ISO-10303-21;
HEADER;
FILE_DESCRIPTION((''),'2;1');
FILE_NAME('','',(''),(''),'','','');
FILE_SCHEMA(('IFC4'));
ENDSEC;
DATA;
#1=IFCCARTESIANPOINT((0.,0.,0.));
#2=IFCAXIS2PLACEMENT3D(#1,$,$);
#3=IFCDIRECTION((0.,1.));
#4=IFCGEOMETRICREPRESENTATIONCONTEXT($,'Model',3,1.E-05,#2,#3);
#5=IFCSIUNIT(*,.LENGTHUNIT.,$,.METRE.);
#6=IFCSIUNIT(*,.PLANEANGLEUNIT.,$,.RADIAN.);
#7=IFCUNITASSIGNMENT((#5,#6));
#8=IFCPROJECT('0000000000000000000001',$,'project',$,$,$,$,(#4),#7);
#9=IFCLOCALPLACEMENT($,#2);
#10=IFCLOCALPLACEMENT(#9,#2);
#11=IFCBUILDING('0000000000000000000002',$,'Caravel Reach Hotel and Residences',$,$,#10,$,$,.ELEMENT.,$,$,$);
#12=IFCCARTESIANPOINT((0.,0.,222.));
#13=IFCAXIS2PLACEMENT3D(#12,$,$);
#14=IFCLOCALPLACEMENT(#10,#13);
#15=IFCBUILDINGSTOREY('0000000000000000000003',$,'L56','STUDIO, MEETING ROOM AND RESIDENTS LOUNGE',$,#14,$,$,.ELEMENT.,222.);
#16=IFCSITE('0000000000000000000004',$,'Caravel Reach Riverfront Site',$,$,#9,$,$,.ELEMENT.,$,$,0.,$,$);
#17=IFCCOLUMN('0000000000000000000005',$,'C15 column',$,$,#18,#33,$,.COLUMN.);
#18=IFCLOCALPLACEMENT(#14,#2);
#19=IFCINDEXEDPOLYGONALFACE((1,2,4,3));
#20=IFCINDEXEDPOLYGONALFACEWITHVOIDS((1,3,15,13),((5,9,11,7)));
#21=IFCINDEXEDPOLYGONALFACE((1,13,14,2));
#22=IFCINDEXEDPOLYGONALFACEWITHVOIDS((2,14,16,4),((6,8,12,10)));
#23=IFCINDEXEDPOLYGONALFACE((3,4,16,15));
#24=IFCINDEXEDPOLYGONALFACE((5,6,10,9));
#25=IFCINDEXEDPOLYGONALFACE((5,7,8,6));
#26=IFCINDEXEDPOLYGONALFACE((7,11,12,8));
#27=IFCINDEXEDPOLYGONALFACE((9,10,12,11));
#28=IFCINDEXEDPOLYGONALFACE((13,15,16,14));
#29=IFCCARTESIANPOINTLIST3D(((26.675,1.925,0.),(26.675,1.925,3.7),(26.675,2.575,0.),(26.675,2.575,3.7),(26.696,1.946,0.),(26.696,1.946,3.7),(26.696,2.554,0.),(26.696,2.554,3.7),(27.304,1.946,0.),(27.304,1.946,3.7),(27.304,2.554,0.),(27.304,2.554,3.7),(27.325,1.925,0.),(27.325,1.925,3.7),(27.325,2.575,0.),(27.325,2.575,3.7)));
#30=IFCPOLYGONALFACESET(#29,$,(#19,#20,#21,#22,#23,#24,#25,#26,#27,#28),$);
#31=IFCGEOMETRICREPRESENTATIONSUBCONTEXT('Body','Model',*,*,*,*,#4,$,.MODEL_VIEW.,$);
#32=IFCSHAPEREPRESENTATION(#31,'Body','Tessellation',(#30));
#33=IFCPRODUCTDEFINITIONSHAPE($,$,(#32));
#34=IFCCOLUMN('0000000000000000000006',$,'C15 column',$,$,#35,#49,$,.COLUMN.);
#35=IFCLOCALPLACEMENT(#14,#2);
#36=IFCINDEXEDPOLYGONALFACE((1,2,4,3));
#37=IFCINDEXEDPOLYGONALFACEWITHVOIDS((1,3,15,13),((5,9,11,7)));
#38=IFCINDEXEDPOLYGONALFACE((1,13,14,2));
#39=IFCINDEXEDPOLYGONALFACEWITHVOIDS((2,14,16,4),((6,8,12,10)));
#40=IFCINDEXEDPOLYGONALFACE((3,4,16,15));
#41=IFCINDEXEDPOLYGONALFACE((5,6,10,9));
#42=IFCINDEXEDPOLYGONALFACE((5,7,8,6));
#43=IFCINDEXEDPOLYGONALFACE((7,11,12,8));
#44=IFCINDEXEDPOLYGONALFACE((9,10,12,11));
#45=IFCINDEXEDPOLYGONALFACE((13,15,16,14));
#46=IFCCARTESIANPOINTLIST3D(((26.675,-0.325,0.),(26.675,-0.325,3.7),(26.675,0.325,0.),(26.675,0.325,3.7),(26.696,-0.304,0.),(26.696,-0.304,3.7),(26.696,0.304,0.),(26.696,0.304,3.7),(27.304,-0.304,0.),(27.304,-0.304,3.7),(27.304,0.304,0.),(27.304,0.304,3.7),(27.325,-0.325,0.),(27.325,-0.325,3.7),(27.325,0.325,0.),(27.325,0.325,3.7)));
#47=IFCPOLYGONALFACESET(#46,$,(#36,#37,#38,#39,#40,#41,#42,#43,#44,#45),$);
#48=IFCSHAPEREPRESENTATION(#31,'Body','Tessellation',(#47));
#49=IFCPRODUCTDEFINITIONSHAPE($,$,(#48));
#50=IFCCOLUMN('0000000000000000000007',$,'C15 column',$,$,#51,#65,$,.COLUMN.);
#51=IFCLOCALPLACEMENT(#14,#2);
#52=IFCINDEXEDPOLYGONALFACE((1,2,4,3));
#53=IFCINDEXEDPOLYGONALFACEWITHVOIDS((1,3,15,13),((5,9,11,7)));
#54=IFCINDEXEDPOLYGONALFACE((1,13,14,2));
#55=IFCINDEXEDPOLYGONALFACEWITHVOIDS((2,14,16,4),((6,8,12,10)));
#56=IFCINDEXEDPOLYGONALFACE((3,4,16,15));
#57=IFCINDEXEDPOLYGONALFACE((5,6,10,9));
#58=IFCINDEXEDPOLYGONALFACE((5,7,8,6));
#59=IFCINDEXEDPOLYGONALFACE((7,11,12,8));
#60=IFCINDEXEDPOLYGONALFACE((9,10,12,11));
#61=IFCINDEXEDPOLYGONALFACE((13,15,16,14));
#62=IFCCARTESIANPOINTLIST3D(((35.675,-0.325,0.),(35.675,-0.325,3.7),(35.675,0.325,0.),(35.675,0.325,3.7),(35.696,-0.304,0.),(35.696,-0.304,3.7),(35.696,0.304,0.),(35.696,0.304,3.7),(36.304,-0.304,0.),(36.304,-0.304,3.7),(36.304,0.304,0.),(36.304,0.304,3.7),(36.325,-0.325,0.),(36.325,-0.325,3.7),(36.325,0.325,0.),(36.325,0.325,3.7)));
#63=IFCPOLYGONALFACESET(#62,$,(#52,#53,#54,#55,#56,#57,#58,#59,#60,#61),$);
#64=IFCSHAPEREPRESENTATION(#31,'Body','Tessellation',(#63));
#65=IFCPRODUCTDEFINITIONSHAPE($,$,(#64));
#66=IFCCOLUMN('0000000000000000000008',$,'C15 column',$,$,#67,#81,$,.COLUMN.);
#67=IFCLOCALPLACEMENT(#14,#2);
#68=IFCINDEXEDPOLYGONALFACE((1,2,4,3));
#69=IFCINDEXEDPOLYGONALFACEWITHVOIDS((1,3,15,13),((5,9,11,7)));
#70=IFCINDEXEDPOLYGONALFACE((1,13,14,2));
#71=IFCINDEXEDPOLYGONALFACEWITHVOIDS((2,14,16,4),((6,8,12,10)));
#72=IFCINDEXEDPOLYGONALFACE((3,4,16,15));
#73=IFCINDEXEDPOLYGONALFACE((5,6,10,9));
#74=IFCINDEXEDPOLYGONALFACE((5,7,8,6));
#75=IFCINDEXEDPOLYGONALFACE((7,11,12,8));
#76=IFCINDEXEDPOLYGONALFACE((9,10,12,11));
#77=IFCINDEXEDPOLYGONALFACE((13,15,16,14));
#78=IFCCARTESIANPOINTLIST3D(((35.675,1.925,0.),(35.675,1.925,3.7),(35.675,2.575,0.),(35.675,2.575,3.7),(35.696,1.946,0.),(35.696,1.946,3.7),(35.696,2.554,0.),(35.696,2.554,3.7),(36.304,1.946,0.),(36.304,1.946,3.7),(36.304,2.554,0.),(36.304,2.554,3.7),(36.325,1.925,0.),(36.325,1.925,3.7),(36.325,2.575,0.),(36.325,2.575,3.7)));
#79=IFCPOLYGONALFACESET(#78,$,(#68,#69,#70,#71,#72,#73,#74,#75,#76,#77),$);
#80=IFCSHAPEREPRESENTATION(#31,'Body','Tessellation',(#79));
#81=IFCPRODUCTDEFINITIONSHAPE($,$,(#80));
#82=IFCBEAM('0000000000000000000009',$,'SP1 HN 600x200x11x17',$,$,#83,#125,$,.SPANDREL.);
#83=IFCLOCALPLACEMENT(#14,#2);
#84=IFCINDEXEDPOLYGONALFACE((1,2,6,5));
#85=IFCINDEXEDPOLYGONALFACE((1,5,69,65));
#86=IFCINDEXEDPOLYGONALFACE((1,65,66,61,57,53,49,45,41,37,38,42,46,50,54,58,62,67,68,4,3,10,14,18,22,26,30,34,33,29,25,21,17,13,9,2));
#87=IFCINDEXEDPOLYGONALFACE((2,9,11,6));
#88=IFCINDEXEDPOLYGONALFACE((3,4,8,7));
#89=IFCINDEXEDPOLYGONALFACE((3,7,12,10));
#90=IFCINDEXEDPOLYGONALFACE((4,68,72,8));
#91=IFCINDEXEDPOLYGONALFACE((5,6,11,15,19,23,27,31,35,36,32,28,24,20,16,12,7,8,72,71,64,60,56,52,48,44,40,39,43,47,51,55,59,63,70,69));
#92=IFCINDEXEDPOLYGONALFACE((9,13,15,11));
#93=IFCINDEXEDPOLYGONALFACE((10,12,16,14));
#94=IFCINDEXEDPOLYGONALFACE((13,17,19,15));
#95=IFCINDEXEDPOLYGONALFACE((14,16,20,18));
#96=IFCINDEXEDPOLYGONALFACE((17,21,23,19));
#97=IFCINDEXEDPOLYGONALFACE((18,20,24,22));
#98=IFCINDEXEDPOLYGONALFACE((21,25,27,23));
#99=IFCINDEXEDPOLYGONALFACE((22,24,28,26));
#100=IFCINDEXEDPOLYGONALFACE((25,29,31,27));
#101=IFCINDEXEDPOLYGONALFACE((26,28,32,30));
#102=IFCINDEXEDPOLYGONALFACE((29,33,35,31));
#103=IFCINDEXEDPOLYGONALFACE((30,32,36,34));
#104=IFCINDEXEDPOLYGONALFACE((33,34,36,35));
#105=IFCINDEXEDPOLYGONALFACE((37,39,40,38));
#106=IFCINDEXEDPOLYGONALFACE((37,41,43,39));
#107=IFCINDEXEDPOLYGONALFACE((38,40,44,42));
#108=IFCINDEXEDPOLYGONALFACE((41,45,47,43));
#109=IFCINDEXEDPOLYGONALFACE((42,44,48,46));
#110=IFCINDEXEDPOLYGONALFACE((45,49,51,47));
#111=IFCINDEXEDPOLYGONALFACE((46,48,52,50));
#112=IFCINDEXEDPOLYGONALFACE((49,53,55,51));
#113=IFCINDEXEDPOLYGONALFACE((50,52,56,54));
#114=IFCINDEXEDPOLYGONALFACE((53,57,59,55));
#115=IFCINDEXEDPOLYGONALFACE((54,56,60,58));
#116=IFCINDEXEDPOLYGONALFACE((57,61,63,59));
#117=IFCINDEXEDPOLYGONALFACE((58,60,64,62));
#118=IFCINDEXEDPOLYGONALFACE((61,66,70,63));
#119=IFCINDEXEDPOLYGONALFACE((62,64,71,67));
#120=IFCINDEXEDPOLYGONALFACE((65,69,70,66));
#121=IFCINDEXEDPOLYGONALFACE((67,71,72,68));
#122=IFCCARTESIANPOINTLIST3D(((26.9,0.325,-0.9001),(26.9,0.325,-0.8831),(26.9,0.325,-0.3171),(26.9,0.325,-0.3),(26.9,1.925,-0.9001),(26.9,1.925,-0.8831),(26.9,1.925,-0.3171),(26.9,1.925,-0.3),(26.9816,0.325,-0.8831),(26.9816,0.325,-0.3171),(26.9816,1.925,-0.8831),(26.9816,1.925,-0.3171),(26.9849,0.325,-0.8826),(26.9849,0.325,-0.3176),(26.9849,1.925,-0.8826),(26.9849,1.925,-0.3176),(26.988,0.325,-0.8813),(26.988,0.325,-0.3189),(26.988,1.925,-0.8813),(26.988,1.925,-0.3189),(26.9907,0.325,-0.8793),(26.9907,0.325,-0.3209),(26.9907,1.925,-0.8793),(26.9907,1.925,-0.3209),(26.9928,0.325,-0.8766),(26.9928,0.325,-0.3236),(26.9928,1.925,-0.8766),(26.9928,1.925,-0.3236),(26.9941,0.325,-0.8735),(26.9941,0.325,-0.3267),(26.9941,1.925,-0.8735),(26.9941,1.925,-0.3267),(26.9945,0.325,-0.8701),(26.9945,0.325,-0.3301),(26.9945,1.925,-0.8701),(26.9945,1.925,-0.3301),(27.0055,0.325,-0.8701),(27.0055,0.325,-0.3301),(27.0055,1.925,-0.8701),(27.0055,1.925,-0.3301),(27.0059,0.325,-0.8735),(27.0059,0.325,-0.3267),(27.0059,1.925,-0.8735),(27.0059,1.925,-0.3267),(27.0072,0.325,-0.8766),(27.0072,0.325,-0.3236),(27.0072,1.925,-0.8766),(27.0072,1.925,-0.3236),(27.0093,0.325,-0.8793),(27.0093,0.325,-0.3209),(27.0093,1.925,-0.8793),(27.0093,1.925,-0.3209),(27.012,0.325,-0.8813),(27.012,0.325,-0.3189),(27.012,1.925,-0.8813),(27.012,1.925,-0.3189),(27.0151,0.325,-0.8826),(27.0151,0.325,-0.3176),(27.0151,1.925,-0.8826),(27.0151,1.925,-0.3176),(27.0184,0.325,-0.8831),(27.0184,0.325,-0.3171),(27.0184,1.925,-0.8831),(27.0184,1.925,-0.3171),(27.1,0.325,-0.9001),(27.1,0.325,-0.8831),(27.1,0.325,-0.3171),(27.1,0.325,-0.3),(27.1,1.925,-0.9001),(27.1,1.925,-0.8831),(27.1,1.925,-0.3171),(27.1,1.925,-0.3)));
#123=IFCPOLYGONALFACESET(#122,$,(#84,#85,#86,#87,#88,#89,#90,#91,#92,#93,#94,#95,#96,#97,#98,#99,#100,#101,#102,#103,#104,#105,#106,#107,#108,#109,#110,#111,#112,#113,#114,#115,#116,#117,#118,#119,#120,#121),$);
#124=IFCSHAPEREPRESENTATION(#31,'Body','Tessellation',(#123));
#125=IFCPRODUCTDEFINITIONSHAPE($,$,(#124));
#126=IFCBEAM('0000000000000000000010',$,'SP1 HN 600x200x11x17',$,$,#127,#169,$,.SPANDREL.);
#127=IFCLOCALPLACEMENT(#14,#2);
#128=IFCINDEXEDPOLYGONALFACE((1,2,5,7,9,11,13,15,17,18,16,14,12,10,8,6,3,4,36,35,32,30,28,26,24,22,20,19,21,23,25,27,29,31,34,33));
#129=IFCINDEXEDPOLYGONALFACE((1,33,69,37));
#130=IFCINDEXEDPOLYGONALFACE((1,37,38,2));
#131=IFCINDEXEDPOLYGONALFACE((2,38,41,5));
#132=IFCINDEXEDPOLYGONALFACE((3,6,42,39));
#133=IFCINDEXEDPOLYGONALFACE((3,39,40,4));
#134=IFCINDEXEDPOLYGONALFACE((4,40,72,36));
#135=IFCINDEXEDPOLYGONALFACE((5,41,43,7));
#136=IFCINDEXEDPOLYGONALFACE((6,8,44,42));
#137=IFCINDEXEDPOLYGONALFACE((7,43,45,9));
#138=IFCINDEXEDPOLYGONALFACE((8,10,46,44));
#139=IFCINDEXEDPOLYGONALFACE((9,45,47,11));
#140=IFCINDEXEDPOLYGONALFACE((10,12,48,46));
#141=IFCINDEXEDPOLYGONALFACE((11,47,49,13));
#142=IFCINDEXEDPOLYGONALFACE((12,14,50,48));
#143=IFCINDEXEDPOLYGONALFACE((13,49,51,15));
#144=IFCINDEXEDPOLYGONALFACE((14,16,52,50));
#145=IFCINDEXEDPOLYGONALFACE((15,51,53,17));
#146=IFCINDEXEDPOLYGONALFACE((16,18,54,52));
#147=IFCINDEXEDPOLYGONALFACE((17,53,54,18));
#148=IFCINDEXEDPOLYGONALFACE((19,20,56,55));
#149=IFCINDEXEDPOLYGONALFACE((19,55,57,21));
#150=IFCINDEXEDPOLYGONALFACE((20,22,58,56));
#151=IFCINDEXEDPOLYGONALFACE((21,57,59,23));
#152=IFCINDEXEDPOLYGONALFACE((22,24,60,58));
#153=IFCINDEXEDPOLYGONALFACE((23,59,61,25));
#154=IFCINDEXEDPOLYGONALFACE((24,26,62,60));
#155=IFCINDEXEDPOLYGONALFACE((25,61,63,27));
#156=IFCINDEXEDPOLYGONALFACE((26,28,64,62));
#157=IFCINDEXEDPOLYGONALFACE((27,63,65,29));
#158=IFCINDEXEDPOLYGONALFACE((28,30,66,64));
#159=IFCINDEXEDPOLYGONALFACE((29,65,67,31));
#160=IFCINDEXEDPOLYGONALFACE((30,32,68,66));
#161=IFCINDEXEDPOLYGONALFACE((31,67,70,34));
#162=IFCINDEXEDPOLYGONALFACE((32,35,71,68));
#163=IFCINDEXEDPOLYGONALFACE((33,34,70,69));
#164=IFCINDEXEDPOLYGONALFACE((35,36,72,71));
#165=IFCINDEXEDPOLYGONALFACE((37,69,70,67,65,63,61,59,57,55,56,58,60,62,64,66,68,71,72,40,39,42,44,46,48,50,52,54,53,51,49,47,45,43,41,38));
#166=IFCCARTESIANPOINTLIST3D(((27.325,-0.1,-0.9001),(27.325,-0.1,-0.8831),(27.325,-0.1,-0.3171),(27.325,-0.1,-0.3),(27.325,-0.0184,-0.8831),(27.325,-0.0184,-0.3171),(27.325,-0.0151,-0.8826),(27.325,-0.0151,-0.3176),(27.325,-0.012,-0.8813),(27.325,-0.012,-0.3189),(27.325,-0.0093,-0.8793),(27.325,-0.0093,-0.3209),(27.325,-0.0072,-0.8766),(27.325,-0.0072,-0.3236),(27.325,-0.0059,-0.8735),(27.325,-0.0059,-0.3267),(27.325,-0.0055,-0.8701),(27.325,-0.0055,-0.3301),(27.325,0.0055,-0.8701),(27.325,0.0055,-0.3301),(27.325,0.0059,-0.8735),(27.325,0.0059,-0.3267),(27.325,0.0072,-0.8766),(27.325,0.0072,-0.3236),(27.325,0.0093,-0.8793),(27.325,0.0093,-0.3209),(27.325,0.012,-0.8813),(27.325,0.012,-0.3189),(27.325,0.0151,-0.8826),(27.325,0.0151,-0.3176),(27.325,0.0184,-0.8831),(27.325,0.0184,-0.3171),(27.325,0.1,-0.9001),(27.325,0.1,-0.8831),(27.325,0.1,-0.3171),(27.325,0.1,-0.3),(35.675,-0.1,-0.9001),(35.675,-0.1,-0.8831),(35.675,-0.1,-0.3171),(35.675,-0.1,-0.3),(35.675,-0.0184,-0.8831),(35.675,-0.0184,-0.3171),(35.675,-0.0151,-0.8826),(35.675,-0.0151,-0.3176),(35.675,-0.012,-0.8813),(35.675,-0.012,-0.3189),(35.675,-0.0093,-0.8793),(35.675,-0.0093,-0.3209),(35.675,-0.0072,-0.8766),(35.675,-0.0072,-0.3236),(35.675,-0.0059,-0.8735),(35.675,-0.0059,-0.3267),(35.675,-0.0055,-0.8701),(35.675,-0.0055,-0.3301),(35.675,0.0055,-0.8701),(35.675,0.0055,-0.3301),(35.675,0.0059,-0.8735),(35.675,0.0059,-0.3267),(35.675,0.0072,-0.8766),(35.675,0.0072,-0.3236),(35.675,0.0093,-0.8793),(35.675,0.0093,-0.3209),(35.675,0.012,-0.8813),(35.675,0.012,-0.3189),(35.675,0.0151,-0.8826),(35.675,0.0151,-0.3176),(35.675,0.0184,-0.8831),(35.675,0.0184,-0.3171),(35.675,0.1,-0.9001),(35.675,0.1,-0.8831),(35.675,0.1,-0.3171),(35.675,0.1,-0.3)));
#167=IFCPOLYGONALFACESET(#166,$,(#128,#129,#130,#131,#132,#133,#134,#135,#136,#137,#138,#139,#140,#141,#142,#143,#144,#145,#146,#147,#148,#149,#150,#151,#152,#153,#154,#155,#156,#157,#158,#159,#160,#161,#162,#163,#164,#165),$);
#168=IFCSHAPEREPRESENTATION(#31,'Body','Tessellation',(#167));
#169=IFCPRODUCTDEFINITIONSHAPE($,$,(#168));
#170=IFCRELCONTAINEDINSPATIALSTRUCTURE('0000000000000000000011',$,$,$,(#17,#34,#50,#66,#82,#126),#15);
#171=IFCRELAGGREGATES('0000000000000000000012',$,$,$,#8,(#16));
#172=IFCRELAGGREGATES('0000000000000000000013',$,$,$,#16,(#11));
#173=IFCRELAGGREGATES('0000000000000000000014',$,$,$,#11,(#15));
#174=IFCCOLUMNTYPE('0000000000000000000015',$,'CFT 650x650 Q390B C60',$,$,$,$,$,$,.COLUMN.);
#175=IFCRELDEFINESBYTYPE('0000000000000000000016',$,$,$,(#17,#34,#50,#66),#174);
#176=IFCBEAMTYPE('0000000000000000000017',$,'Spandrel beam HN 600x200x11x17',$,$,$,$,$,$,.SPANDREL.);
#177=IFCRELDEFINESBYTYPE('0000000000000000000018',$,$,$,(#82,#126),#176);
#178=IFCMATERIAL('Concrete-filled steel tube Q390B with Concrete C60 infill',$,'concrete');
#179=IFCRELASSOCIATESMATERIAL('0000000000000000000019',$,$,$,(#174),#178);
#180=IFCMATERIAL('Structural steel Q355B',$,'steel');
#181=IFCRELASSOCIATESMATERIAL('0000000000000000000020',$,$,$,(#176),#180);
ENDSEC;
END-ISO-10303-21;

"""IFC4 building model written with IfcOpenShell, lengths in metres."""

from ifc_helpers import new_model, si_unit, direction, frame, origin, origin_2d, place, context, subcontext, project, spatial, hollow_rectangle, i_section, extrude, material, material_profile, profile_set, type_object, element, save


model = new_model("IFC4")

# Units and contexts
model_context = context("Model", 3, precision=1e-05, world=origin(), true_north=direction((0.0, 1.0)))
body_context = subcontext(model_context, "Body", "Model", "MODEL_VIEW")
ifc_project = project(units=[si_unit("LENGTHUNIT", "METRE"), si_unit("PLANEANGLEUNIT", "RADIAN")], contexts=[model_context])

# Site, building, storey
site_placement = place(None, origin())
site = spatial("IfcSite", under=ifc_project, at=site_placement, Name="Caravel Reach Riverfront Site", CompositionType="ELEMENT", RefElevation=0.0)
building_placement = place(site_placement, origin())
building = spatial("IfcBuilding", under=site, at=building_placement, Name="Caravel Reach Hotel and Residences", CompositionType="ELEMENT")
storey_placement = place(building_placement, frame((0.0, 0.0, 222.0)))
storey = spatial("IfcBuildingStorey", under=building, at=storey_placement, Name="L56", Description="STUDIO, MEETING ROOM AND RESIDENTS LOUNGE", CompositionType="ELEMENT", Elevation=222.0)

# Columns
ifc_material_1 = material(Name="Concrete-filled steel tube Q390B with Concrete C60 infill", Category="concrete")
ifc_material_profile_1 = material_profile(ifc_material_1, hollow_rectangle(XDim=0.6499, YDim=0.6499, WallThickness=0.021, at=origin_2d()), Name="RHS 650x650x21")
ifc_profile_set_1 = profile_set([ifc_material_profile_1], Name="Concrete-filled steel tube Q390B with Concrete C60 infill")
column_type = type_object("IfcColumnType", Name="CFT 650x650 Q390B C60", PredefinedType="COLUMN", material=ifc_profile_set_1)
for number, where, z_axis, x_axis, name in (
    (1, (27.0, 2.25, 0.0), (0.0, 0.0, 1.0), (1.0, 0.0, 0.0), "C15 column"),
    (2, (27.0, 0.0, 0.0), (0.0, 0.0, 1.0), (1.0, 0.0, 0.0), "C15 column"),
    (3, (36.0, 0.0, 0.0), (0.0, 0.0, 1.0), (1.0, 0.0, 0.0), "C15 column"),
    (4, (36.0, 2.25, 0.0), (0.0, 0.0, 1.0), (1.0, 0.0, 0.0), "C15 column"),
):
    element("IfcColumn", number, at=place(storey_placement, frame(where, z_axis=z_axis, x_axis=x_axis)), inside=storey, type_object=column_type, Name=name, PredefinedType="COLUMN", context=body_context, shape_type="SweptSolid", body=[
        extrude(hollow_rectangle(XDim=0.6499, YDim=0.6499, WallThickness=0.021, at=origin_2d()), origin(), (0.0, 0.0, 1.0), 3.7),
    ])

# Beams
ifc_material_2 = material(Name="Structural steel Q355B", Category="steel")
ifc_material_profile_2 = material_profile(ifc_material_2, i_section(OverallWidth=0.2, OverallDepth=0.6001, WebThickness=0.011, FlangeThickness=0.0171, FilletRadius=0.0129, at=origin_2d()), Name="HN 600x200x11x17")
ifc_profile_set_2 = profile_set([ifc_material_profile_2], Name="Structural steel Q355B")
beam_type = type_object("IfcBeamType", Name="Spandrel beam HN 600x200x11x17", PredefinedType="SPANDREL", material=ifc_profile_set_2)
beam_1_placement = place(storey_placement, frame((27.0, 1.925, -0.6001), z_axis=(0.0, -1.0, 0.0), x_axis=(1.0, 0.0, 0.0)))
element("IfcBeam", 5, at=beam_1_placement, inside=storey, type_object=beam_type, Name="SP1 HN 600x200x11x17", PredefinedType="SPANDREL", context=body_context, shape_type="SweptSolid", body=[
    extrude(i_section(OverallWidth=0.2, OverallDepth=0.6001, WebThickness=0.011, FlangeThickness=0.0171, FilletRadius=0.0129, at=origin_2d()), origin(), (0.0, 0.0, 1.0), 1.6001),
])
beam_2_placement = place(storey_placement, frame((27.325, 0.0, -0.6001), z_axis=(1.0, 0.0, 0.0), x_axis=(0.0, 1.0, 0.0)))
element("IfcBeam", 6, at=beam_2_placement, inside=storey, type_object=beam_type, Name="SP1 HN 600x200x11x17", PredefinedType="SPANDREL", context=body_context, shape_type="SweptSolid", body=[
    extrude(i_section(OverallWidth=0.2, OverallDepth=0.6001, WebThickness=0.011, FlangeThickness=0.0171, FilletRadius=0.0129, at=origin_2d()), origin(), (0.0, 0.0, 1.0), 8.3501),
])

save(model, "model.ifc")
